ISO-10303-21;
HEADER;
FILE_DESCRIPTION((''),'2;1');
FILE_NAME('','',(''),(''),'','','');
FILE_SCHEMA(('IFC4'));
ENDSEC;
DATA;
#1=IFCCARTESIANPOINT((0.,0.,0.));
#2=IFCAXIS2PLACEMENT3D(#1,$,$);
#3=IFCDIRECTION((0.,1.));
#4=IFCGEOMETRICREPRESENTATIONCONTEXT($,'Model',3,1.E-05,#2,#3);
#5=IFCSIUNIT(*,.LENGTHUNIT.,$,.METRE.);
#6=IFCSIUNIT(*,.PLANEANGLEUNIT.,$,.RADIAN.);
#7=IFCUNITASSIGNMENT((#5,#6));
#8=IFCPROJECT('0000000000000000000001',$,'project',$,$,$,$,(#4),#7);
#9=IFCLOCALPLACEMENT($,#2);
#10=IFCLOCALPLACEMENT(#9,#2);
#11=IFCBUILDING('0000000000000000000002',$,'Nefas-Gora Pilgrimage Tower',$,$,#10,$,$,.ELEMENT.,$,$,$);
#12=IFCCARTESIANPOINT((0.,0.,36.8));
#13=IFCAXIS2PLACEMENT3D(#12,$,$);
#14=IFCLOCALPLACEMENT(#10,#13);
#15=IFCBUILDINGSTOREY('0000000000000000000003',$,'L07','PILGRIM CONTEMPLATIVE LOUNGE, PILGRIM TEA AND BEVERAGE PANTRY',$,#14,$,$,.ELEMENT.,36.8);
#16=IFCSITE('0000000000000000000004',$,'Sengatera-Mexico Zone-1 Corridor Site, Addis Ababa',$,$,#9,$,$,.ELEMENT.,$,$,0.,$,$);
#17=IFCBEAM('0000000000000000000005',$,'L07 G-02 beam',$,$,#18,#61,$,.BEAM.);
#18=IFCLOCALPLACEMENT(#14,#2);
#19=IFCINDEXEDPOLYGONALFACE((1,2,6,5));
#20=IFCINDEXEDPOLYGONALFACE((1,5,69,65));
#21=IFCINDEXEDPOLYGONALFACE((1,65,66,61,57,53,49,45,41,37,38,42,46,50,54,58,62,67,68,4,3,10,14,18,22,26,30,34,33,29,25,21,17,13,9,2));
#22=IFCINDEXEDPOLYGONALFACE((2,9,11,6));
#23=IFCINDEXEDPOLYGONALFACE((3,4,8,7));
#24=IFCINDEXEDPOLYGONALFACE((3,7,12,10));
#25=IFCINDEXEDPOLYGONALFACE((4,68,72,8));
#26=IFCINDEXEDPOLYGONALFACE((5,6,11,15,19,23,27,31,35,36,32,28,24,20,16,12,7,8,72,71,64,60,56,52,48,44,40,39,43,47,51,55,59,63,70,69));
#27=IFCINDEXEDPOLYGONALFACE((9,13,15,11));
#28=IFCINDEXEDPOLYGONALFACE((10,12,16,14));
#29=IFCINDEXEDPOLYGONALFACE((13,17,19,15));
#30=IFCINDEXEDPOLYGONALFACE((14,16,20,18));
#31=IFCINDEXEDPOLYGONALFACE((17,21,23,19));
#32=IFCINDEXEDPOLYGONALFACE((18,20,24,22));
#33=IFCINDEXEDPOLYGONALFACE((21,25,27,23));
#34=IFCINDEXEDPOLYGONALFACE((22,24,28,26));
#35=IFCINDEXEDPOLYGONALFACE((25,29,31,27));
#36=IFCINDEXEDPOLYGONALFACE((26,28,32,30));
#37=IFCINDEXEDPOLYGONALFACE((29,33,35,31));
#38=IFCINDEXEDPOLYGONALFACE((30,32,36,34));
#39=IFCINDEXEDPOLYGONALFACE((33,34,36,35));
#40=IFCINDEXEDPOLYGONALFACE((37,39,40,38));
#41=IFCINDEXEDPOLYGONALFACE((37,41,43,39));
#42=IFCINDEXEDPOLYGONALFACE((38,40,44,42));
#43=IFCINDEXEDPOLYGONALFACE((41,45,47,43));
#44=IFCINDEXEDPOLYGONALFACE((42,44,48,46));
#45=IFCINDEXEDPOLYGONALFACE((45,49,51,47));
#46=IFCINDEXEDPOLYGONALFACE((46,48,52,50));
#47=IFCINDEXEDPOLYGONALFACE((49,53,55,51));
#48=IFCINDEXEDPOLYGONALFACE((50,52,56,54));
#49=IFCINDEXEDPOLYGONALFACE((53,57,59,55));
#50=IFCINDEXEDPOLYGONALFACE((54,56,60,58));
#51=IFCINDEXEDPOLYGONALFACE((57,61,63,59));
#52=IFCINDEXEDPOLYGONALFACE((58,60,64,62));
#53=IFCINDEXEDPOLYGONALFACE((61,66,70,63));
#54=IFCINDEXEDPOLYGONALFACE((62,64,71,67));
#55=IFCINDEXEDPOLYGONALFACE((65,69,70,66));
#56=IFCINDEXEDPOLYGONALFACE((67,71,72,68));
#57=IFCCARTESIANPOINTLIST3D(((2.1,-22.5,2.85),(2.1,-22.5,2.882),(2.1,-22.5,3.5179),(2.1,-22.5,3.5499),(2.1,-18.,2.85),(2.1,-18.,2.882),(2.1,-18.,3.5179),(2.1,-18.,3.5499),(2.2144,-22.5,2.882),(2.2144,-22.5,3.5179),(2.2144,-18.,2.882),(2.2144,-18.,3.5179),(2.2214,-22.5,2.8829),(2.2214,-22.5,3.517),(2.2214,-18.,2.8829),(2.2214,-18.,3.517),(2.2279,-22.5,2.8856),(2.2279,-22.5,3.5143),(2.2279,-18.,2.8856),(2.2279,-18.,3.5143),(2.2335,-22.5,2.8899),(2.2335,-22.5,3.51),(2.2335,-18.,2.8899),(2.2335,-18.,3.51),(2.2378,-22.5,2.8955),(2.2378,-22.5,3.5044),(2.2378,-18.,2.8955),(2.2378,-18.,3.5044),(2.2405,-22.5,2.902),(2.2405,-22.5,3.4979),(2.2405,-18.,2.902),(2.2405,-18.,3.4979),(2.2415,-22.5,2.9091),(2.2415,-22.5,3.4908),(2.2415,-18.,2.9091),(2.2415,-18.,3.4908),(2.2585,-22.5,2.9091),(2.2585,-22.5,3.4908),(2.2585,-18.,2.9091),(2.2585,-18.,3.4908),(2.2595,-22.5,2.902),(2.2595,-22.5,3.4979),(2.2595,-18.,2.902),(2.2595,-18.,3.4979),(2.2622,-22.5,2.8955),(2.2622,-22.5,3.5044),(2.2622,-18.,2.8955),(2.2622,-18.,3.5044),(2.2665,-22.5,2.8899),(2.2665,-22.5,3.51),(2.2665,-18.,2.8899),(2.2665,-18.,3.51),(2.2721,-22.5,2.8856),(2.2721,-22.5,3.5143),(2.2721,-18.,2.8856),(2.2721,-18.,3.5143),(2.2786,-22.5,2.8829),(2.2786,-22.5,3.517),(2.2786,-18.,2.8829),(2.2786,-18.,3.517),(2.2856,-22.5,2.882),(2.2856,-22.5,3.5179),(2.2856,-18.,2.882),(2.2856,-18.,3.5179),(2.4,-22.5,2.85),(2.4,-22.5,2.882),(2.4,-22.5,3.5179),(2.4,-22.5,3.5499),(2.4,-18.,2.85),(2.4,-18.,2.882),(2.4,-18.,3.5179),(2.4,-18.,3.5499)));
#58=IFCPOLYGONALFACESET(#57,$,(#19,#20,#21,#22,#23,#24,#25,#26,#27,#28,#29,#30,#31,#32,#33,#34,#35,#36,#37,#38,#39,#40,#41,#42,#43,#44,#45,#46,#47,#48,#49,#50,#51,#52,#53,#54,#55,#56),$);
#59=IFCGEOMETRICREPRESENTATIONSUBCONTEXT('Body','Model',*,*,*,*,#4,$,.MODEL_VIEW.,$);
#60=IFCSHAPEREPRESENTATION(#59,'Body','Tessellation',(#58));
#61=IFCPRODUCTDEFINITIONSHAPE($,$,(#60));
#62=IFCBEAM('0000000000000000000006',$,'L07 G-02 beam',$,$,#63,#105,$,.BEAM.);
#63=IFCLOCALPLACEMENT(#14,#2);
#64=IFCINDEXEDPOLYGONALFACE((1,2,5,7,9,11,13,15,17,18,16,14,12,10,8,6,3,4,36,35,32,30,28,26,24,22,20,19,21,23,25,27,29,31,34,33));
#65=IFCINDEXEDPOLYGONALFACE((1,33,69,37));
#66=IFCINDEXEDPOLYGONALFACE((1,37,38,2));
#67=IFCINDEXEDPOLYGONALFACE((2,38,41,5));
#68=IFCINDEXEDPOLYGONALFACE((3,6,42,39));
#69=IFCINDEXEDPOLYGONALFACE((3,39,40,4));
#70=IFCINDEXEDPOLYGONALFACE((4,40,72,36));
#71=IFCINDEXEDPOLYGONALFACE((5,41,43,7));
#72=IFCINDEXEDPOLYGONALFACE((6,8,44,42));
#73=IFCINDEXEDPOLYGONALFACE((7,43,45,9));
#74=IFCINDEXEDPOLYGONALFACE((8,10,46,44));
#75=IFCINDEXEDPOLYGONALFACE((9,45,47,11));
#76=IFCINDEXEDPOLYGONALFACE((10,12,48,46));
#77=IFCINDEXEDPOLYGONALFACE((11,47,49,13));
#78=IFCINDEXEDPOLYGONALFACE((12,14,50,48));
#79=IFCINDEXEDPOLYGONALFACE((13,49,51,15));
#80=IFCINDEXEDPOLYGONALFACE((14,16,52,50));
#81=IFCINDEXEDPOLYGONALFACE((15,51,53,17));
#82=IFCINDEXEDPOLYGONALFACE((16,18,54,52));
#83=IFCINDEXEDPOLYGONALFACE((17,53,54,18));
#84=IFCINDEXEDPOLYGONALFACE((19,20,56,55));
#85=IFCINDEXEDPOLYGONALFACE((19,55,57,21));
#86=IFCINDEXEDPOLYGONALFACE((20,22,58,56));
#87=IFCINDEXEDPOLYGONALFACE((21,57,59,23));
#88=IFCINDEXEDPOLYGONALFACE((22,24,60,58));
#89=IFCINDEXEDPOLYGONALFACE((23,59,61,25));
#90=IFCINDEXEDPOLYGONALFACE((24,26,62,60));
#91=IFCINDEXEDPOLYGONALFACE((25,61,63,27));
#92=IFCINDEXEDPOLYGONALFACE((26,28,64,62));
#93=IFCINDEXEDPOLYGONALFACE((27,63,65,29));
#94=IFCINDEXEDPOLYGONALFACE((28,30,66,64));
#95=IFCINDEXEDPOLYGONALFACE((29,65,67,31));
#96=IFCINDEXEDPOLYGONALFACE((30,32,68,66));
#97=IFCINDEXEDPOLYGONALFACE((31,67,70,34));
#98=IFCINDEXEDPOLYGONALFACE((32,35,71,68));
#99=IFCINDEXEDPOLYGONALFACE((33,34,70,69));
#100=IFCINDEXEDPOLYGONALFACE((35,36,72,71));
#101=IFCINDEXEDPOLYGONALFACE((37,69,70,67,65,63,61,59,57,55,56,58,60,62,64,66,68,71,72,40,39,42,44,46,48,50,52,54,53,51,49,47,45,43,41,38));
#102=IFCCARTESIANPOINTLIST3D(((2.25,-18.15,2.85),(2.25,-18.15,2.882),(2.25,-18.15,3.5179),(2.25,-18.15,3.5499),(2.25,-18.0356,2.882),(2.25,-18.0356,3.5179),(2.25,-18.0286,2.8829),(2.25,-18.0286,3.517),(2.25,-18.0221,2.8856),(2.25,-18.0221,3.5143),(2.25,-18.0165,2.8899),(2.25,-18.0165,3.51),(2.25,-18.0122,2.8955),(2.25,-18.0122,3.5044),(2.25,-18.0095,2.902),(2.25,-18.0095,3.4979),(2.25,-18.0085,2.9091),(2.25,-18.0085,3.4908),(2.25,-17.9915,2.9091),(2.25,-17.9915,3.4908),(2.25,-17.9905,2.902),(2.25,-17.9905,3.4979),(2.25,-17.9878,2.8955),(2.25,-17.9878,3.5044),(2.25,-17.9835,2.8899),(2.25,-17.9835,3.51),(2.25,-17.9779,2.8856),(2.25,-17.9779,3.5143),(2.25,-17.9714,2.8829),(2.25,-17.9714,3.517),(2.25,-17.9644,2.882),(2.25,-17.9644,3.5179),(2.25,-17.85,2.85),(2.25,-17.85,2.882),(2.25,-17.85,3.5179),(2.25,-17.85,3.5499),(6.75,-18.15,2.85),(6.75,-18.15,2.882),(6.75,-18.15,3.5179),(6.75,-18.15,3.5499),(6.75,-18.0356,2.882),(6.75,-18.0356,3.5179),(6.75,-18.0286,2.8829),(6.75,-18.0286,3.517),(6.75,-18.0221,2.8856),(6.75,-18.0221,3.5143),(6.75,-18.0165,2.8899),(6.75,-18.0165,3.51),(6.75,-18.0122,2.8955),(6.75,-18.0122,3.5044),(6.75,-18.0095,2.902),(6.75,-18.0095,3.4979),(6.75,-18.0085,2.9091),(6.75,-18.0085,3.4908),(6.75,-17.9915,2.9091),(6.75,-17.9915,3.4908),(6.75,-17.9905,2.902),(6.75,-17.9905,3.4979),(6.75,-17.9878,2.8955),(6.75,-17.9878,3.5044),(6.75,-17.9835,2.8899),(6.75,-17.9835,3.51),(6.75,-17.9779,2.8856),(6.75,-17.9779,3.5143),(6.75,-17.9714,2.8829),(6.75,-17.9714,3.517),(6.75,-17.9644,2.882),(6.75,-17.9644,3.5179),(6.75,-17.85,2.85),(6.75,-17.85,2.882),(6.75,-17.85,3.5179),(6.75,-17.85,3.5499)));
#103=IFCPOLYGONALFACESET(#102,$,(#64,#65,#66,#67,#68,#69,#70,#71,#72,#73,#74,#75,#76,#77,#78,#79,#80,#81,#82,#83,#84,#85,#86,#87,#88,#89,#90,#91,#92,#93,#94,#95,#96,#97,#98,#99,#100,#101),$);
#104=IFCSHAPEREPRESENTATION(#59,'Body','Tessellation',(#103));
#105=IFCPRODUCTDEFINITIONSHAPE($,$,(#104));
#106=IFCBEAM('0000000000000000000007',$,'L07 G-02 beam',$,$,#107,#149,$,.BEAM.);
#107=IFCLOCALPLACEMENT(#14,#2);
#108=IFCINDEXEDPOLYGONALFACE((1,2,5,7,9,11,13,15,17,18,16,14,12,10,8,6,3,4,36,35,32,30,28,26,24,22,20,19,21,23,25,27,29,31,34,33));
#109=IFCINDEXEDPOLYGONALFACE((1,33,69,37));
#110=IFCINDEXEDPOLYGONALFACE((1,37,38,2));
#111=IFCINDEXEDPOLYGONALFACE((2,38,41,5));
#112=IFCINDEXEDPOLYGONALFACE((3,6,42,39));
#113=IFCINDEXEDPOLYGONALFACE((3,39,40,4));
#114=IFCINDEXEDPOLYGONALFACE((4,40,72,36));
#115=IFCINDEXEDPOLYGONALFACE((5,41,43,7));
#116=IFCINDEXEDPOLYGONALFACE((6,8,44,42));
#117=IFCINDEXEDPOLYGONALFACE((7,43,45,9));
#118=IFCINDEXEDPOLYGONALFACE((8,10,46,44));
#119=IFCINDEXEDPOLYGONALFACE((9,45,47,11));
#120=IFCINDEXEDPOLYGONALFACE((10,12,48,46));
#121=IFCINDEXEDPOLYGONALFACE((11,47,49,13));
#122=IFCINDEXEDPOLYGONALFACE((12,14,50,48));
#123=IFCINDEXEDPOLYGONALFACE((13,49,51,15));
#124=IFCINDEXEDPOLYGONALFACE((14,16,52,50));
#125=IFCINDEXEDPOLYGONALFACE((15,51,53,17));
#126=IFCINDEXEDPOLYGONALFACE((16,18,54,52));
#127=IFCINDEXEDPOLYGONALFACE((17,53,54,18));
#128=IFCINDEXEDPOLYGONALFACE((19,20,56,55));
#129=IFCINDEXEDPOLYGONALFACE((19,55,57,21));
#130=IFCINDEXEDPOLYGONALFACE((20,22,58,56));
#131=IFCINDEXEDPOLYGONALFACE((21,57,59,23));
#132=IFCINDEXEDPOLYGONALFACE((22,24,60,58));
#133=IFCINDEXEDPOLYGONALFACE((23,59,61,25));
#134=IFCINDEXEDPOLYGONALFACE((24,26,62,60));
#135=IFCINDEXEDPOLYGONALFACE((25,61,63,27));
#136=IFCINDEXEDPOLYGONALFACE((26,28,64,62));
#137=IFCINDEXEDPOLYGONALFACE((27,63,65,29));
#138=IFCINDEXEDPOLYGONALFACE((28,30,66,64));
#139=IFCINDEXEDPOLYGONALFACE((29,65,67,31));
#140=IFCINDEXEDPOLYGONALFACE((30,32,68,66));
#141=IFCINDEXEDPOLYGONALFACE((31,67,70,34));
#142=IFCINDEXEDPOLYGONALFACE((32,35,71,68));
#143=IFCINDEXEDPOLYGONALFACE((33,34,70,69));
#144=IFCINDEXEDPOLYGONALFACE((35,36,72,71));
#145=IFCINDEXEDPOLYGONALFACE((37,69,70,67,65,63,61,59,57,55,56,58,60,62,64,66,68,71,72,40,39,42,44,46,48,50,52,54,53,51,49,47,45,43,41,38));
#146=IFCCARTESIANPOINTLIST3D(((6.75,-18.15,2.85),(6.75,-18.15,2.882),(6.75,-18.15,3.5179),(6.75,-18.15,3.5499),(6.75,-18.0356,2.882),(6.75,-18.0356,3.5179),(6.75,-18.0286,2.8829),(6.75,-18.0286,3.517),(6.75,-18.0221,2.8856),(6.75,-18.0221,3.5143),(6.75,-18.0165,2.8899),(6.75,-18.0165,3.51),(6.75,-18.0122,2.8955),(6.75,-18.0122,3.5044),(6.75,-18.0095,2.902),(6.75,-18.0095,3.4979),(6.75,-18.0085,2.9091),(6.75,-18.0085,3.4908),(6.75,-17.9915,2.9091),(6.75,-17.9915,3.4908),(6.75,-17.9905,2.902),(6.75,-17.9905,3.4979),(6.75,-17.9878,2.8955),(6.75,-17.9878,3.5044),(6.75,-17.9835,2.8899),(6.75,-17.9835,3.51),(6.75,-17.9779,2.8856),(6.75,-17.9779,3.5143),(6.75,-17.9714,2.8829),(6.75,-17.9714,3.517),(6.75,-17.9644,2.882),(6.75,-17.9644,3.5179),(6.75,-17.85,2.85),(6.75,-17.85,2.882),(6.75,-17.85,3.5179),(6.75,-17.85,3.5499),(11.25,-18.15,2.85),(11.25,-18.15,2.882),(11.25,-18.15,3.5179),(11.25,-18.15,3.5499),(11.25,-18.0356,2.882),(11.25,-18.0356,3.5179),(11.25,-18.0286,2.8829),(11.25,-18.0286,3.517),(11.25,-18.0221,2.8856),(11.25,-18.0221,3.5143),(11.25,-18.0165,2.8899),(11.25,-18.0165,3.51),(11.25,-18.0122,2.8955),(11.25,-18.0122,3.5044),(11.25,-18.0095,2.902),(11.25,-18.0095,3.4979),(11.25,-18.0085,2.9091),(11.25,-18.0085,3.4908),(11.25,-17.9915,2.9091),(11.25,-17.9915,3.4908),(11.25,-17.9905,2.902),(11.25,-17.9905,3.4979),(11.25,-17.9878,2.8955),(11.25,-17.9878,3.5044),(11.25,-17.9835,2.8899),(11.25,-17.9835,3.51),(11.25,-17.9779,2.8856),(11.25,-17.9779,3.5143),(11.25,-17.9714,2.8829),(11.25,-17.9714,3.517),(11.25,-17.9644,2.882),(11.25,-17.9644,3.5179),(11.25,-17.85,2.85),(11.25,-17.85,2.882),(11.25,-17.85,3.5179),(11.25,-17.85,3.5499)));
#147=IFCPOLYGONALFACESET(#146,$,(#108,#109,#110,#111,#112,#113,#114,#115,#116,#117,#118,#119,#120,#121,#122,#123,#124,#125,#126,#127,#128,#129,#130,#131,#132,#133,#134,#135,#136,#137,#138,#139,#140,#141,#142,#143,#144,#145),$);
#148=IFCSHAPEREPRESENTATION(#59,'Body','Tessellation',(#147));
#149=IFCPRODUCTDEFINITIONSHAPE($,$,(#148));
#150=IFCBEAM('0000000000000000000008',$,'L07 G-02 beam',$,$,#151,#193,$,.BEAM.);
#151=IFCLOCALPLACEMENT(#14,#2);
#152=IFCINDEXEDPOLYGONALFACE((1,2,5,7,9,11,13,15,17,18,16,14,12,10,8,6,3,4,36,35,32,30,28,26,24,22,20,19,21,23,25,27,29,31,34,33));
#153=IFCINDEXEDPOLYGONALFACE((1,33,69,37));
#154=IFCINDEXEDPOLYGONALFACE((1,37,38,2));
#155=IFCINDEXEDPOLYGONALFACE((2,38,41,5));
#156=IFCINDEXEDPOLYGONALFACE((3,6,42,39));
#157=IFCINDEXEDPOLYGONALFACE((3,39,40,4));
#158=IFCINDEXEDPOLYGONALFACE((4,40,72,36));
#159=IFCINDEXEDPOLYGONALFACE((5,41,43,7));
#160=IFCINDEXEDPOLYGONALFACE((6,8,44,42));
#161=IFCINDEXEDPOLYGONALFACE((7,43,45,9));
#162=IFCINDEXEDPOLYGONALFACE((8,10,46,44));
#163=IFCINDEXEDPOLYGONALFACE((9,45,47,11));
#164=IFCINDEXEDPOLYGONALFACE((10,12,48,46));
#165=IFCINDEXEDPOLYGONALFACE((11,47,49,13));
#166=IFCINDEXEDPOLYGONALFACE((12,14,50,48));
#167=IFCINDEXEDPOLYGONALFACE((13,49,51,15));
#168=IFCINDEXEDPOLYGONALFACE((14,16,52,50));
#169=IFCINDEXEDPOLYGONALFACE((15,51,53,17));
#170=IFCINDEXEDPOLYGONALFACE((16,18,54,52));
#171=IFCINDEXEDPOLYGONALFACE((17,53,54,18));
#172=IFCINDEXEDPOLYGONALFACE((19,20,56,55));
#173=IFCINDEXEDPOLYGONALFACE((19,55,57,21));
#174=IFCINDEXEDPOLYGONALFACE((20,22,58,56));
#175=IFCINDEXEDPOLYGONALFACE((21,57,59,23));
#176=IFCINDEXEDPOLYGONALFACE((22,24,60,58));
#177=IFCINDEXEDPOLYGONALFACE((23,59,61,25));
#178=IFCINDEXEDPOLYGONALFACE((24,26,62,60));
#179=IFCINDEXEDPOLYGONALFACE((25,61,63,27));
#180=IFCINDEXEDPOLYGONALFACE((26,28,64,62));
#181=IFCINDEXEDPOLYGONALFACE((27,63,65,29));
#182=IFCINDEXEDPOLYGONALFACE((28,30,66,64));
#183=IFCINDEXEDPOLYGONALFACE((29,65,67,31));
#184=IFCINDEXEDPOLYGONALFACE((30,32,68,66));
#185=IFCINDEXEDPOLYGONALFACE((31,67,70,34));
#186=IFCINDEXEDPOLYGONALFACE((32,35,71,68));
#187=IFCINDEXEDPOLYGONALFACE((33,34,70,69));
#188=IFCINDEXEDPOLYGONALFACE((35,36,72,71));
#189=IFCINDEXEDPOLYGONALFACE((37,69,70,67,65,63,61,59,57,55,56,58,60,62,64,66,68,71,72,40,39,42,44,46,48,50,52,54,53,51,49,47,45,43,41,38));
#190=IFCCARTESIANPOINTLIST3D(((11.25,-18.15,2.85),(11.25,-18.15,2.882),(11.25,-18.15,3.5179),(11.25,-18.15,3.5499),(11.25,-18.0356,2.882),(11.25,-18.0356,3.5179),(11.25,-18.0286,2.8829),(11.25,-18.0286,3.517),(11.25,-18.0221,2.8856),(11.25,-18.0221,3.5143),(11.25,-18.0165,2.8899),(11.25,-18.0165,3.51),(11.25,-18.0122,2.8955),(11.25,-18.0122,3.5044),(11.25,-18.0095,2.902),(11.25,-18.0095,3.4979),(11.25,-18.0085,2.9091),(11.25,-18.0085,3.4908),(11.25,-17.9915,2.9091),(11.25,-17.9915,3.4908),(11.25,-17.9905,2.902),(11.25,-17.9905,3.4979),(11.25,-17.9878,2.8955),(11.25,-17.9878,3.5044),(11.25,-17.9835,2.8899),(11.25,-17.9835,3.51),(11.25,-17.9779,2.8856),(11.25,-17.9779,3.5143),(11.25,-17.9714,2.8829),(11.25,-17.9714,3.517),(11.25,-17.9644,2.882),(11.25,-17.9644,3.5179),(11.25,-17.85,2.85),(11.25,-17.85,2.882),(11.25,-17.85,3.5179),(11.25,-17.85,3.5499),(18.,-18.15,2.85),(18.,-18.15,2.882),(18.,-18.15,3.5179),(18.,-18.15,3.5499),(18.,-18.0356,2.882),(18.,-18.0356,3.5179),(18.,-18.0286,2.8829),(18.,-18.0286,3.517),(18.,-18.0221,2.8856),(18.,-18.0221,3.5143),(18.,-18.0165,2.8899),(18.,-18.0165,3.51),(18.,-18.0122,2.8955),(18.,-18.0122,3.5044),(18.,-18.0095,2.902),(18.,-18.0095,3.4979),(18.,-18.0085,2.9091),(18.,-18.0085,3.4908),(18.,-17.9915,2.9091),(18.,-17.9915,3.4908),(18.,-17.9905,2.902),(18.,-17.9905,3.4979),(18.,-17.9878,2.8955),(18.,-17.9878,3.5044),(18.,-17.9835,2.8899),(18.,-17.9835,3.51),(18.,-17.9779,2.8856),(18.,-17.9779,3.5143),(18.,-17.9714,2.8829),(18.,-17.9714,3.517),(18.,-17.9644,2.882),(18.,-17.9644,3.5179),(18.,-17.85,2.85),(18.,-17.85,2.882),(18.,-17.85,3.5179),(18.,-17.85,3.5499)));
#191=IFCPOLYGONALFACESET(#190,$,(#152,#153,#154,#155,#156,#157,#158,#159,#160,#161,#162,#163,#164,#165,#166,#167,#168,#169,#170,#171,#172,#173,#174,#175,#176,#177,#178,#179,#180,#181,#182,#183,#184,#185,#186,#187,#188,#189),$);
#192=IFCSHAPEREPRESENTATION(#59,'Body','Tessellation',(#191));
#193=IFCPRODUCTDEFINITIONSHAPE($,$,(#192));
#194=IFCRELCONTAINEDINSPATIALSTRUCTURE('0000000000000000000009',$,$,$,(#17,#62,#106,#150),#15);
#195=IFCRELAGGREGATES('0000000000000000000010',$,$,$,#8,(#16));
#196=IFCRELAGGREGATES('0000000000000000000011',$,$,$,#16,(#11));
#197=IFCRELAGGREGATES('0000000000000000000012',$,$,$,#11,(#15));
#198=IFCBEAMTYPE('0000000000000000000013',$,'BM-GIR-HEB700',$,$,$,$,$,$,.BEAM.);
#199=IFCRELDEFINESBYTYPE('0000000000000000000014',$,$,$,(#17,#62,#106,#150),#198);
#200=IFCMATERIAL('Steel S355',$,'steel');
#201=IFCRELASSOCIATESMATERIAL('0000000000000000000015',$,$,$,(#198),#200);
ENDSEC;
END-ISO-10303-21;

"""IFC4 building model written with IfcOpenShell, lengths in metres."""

from ifc_helpers import new_model, si_unit, direction, frame, origin, origin_2d, place, context, subcontext, project, spatial, i_section, extrude, source, transform, mapped, material, material_profile, profile_set, type_object, element, save


model = new_model("IFC4")

# Units and contexts
model_context = context("Model", 3, precision=1e-05, world=origin(), true_north=direction((0.0, 1.0)))
body_context = subcontext(model_context, "Body", "Model", "MODEL_VIEW")
ifc_project = project(units=[si_unit("LENGTHUNIT", "METRE"), si_unit("PLANEANGLEUNIT", "RADIAN")], contexts=[model_context])

# Site, building, storey
site_placement = place(None, origin())
site = spatial("IfcSite", under=ifc_project, at=site_placement, Name="Sengatera-Mexico Zone-1 Corridor Site, Addis Ababa", CompositionType="ELEMENT", RefElevation=0.0)
building_placement = place(site_placement, origin())
building = spatial("IfcBuilding", under=site, at=building_placement, Name="Nefas-Gora Pilgrimage Tower", CompositionType="ELEMENT")
storey_placement = place(building_placement, frame((0.0, 0.0, 36.8)))
storey = spatial("IfcBuildingStorey", under=building, at=storey_placement, Name="L07", Description="PILGRIM CONTEMPLATIVE LOUNGE, PILGRIM TEA AND BEVERAGE PANTRY", CompositionType="ELEMENT", Elevation=36.8)

# Beams
ifc_material_1 = material(Name="Steel S355", Category="steel")
ifc_material_profile_1 = material_profile(ifc_material_1, i_section(OverallWidth=0.3, OverallDepth=0.7, WebThickness=0.0171, FlangeThickness=0.032, FilletRadius=0.0271, at=origin_2d()), Name="HEB 700")
ifc_profile_set_1 = profile_set([ifc_material_profile_1], Name="Steel S355")
beam_type_1 = type_object("IfcBeamType", Name="BM-GIR-HEB700", PredefinedType="BEAM", material=ifc_profile_set_1)
shared_shape_1 = source(origin(), body_context, "Body", "SweptSolid", [
    extrude(i_section(OverallWidth=0.3, OverallDepth=0.7, WebThickness=0.0171, FlangeThickness=0.032, FilletRadius=0.0271, at=origin_2d()), origin(), (0.0, 0.0, 1.0), 4.5),
])
for number, where, z_axis, x_axis, name in (
    (1, (2.25, -22.5, 3.2), (0.0, 1.0, 0.0), (-1.0, 0.0, 0.0), "L07 G-02 beam"),
    (2, (2.25, -18.0, 3.2), (1.0, 0.0, 0.0), (0.0, 1.0, 0.0), "L07 G-02 beam"),
    (3, (6.75, -18.0, 3.2), (1.0, 0.0, 0.0), (0.0, 1.0, 0.0), "L07 G-02 beam"),
):
    element("IfcBeam", number, at=place(storey_placement, frame(where, z_axis=z_axis, x_axis=x_axis)), inside=storey, type_object=beam_type_1, Name=name, PredefinedType="BEAM", context=body_context, shape_type="MappedRepresentation", body=[
        mapped(shared_shape_1, transform((0.0, 0.0, 0.0), x_axis=(1.0, 0.0, 0.0), y_axis=(0.0, 1.0, 0.0), z_axis=(0.0, 0.0, 1.0), scale=1.0)),
    ])
shared_shape_2 = source(origin(), body_context, "Body", "SweptSolid", [
    extrude(i_section(OverallWidth=0.3, OverallDepth=0.7, WebThickness=0.0171, FlangeThickness=0.032, FilletRadius=0.0271, at=origin_2d()), origin(), (0.0, 0.0, 1.0), 6.75),
])
beam_1_placement = place(storey_placement, frame((11.25, -18.0, 3.2), z_axis=(1.0, 0.0, 0.0), x_axis=(0.0, 1.0, 0.0)))
element("IfcBeam", 4, at=beam_1_placement, inside=storey, type_object=beam_type_1, Name="L07 G-02 beam", PredefinedType="BEAM", context=body_context, shape_type="MappedRepresentation", body=[
    mapped(shared_shape_2, transform((0.0, 0.0, 0.0), x_axis=(1.0, 0.0, 0.0), y_axis=(0.0, 1.0, 0.0), z_axis=(0.0, 0.0, 1.0), scale=1.0)),
])

save(model, "model.ifc")
